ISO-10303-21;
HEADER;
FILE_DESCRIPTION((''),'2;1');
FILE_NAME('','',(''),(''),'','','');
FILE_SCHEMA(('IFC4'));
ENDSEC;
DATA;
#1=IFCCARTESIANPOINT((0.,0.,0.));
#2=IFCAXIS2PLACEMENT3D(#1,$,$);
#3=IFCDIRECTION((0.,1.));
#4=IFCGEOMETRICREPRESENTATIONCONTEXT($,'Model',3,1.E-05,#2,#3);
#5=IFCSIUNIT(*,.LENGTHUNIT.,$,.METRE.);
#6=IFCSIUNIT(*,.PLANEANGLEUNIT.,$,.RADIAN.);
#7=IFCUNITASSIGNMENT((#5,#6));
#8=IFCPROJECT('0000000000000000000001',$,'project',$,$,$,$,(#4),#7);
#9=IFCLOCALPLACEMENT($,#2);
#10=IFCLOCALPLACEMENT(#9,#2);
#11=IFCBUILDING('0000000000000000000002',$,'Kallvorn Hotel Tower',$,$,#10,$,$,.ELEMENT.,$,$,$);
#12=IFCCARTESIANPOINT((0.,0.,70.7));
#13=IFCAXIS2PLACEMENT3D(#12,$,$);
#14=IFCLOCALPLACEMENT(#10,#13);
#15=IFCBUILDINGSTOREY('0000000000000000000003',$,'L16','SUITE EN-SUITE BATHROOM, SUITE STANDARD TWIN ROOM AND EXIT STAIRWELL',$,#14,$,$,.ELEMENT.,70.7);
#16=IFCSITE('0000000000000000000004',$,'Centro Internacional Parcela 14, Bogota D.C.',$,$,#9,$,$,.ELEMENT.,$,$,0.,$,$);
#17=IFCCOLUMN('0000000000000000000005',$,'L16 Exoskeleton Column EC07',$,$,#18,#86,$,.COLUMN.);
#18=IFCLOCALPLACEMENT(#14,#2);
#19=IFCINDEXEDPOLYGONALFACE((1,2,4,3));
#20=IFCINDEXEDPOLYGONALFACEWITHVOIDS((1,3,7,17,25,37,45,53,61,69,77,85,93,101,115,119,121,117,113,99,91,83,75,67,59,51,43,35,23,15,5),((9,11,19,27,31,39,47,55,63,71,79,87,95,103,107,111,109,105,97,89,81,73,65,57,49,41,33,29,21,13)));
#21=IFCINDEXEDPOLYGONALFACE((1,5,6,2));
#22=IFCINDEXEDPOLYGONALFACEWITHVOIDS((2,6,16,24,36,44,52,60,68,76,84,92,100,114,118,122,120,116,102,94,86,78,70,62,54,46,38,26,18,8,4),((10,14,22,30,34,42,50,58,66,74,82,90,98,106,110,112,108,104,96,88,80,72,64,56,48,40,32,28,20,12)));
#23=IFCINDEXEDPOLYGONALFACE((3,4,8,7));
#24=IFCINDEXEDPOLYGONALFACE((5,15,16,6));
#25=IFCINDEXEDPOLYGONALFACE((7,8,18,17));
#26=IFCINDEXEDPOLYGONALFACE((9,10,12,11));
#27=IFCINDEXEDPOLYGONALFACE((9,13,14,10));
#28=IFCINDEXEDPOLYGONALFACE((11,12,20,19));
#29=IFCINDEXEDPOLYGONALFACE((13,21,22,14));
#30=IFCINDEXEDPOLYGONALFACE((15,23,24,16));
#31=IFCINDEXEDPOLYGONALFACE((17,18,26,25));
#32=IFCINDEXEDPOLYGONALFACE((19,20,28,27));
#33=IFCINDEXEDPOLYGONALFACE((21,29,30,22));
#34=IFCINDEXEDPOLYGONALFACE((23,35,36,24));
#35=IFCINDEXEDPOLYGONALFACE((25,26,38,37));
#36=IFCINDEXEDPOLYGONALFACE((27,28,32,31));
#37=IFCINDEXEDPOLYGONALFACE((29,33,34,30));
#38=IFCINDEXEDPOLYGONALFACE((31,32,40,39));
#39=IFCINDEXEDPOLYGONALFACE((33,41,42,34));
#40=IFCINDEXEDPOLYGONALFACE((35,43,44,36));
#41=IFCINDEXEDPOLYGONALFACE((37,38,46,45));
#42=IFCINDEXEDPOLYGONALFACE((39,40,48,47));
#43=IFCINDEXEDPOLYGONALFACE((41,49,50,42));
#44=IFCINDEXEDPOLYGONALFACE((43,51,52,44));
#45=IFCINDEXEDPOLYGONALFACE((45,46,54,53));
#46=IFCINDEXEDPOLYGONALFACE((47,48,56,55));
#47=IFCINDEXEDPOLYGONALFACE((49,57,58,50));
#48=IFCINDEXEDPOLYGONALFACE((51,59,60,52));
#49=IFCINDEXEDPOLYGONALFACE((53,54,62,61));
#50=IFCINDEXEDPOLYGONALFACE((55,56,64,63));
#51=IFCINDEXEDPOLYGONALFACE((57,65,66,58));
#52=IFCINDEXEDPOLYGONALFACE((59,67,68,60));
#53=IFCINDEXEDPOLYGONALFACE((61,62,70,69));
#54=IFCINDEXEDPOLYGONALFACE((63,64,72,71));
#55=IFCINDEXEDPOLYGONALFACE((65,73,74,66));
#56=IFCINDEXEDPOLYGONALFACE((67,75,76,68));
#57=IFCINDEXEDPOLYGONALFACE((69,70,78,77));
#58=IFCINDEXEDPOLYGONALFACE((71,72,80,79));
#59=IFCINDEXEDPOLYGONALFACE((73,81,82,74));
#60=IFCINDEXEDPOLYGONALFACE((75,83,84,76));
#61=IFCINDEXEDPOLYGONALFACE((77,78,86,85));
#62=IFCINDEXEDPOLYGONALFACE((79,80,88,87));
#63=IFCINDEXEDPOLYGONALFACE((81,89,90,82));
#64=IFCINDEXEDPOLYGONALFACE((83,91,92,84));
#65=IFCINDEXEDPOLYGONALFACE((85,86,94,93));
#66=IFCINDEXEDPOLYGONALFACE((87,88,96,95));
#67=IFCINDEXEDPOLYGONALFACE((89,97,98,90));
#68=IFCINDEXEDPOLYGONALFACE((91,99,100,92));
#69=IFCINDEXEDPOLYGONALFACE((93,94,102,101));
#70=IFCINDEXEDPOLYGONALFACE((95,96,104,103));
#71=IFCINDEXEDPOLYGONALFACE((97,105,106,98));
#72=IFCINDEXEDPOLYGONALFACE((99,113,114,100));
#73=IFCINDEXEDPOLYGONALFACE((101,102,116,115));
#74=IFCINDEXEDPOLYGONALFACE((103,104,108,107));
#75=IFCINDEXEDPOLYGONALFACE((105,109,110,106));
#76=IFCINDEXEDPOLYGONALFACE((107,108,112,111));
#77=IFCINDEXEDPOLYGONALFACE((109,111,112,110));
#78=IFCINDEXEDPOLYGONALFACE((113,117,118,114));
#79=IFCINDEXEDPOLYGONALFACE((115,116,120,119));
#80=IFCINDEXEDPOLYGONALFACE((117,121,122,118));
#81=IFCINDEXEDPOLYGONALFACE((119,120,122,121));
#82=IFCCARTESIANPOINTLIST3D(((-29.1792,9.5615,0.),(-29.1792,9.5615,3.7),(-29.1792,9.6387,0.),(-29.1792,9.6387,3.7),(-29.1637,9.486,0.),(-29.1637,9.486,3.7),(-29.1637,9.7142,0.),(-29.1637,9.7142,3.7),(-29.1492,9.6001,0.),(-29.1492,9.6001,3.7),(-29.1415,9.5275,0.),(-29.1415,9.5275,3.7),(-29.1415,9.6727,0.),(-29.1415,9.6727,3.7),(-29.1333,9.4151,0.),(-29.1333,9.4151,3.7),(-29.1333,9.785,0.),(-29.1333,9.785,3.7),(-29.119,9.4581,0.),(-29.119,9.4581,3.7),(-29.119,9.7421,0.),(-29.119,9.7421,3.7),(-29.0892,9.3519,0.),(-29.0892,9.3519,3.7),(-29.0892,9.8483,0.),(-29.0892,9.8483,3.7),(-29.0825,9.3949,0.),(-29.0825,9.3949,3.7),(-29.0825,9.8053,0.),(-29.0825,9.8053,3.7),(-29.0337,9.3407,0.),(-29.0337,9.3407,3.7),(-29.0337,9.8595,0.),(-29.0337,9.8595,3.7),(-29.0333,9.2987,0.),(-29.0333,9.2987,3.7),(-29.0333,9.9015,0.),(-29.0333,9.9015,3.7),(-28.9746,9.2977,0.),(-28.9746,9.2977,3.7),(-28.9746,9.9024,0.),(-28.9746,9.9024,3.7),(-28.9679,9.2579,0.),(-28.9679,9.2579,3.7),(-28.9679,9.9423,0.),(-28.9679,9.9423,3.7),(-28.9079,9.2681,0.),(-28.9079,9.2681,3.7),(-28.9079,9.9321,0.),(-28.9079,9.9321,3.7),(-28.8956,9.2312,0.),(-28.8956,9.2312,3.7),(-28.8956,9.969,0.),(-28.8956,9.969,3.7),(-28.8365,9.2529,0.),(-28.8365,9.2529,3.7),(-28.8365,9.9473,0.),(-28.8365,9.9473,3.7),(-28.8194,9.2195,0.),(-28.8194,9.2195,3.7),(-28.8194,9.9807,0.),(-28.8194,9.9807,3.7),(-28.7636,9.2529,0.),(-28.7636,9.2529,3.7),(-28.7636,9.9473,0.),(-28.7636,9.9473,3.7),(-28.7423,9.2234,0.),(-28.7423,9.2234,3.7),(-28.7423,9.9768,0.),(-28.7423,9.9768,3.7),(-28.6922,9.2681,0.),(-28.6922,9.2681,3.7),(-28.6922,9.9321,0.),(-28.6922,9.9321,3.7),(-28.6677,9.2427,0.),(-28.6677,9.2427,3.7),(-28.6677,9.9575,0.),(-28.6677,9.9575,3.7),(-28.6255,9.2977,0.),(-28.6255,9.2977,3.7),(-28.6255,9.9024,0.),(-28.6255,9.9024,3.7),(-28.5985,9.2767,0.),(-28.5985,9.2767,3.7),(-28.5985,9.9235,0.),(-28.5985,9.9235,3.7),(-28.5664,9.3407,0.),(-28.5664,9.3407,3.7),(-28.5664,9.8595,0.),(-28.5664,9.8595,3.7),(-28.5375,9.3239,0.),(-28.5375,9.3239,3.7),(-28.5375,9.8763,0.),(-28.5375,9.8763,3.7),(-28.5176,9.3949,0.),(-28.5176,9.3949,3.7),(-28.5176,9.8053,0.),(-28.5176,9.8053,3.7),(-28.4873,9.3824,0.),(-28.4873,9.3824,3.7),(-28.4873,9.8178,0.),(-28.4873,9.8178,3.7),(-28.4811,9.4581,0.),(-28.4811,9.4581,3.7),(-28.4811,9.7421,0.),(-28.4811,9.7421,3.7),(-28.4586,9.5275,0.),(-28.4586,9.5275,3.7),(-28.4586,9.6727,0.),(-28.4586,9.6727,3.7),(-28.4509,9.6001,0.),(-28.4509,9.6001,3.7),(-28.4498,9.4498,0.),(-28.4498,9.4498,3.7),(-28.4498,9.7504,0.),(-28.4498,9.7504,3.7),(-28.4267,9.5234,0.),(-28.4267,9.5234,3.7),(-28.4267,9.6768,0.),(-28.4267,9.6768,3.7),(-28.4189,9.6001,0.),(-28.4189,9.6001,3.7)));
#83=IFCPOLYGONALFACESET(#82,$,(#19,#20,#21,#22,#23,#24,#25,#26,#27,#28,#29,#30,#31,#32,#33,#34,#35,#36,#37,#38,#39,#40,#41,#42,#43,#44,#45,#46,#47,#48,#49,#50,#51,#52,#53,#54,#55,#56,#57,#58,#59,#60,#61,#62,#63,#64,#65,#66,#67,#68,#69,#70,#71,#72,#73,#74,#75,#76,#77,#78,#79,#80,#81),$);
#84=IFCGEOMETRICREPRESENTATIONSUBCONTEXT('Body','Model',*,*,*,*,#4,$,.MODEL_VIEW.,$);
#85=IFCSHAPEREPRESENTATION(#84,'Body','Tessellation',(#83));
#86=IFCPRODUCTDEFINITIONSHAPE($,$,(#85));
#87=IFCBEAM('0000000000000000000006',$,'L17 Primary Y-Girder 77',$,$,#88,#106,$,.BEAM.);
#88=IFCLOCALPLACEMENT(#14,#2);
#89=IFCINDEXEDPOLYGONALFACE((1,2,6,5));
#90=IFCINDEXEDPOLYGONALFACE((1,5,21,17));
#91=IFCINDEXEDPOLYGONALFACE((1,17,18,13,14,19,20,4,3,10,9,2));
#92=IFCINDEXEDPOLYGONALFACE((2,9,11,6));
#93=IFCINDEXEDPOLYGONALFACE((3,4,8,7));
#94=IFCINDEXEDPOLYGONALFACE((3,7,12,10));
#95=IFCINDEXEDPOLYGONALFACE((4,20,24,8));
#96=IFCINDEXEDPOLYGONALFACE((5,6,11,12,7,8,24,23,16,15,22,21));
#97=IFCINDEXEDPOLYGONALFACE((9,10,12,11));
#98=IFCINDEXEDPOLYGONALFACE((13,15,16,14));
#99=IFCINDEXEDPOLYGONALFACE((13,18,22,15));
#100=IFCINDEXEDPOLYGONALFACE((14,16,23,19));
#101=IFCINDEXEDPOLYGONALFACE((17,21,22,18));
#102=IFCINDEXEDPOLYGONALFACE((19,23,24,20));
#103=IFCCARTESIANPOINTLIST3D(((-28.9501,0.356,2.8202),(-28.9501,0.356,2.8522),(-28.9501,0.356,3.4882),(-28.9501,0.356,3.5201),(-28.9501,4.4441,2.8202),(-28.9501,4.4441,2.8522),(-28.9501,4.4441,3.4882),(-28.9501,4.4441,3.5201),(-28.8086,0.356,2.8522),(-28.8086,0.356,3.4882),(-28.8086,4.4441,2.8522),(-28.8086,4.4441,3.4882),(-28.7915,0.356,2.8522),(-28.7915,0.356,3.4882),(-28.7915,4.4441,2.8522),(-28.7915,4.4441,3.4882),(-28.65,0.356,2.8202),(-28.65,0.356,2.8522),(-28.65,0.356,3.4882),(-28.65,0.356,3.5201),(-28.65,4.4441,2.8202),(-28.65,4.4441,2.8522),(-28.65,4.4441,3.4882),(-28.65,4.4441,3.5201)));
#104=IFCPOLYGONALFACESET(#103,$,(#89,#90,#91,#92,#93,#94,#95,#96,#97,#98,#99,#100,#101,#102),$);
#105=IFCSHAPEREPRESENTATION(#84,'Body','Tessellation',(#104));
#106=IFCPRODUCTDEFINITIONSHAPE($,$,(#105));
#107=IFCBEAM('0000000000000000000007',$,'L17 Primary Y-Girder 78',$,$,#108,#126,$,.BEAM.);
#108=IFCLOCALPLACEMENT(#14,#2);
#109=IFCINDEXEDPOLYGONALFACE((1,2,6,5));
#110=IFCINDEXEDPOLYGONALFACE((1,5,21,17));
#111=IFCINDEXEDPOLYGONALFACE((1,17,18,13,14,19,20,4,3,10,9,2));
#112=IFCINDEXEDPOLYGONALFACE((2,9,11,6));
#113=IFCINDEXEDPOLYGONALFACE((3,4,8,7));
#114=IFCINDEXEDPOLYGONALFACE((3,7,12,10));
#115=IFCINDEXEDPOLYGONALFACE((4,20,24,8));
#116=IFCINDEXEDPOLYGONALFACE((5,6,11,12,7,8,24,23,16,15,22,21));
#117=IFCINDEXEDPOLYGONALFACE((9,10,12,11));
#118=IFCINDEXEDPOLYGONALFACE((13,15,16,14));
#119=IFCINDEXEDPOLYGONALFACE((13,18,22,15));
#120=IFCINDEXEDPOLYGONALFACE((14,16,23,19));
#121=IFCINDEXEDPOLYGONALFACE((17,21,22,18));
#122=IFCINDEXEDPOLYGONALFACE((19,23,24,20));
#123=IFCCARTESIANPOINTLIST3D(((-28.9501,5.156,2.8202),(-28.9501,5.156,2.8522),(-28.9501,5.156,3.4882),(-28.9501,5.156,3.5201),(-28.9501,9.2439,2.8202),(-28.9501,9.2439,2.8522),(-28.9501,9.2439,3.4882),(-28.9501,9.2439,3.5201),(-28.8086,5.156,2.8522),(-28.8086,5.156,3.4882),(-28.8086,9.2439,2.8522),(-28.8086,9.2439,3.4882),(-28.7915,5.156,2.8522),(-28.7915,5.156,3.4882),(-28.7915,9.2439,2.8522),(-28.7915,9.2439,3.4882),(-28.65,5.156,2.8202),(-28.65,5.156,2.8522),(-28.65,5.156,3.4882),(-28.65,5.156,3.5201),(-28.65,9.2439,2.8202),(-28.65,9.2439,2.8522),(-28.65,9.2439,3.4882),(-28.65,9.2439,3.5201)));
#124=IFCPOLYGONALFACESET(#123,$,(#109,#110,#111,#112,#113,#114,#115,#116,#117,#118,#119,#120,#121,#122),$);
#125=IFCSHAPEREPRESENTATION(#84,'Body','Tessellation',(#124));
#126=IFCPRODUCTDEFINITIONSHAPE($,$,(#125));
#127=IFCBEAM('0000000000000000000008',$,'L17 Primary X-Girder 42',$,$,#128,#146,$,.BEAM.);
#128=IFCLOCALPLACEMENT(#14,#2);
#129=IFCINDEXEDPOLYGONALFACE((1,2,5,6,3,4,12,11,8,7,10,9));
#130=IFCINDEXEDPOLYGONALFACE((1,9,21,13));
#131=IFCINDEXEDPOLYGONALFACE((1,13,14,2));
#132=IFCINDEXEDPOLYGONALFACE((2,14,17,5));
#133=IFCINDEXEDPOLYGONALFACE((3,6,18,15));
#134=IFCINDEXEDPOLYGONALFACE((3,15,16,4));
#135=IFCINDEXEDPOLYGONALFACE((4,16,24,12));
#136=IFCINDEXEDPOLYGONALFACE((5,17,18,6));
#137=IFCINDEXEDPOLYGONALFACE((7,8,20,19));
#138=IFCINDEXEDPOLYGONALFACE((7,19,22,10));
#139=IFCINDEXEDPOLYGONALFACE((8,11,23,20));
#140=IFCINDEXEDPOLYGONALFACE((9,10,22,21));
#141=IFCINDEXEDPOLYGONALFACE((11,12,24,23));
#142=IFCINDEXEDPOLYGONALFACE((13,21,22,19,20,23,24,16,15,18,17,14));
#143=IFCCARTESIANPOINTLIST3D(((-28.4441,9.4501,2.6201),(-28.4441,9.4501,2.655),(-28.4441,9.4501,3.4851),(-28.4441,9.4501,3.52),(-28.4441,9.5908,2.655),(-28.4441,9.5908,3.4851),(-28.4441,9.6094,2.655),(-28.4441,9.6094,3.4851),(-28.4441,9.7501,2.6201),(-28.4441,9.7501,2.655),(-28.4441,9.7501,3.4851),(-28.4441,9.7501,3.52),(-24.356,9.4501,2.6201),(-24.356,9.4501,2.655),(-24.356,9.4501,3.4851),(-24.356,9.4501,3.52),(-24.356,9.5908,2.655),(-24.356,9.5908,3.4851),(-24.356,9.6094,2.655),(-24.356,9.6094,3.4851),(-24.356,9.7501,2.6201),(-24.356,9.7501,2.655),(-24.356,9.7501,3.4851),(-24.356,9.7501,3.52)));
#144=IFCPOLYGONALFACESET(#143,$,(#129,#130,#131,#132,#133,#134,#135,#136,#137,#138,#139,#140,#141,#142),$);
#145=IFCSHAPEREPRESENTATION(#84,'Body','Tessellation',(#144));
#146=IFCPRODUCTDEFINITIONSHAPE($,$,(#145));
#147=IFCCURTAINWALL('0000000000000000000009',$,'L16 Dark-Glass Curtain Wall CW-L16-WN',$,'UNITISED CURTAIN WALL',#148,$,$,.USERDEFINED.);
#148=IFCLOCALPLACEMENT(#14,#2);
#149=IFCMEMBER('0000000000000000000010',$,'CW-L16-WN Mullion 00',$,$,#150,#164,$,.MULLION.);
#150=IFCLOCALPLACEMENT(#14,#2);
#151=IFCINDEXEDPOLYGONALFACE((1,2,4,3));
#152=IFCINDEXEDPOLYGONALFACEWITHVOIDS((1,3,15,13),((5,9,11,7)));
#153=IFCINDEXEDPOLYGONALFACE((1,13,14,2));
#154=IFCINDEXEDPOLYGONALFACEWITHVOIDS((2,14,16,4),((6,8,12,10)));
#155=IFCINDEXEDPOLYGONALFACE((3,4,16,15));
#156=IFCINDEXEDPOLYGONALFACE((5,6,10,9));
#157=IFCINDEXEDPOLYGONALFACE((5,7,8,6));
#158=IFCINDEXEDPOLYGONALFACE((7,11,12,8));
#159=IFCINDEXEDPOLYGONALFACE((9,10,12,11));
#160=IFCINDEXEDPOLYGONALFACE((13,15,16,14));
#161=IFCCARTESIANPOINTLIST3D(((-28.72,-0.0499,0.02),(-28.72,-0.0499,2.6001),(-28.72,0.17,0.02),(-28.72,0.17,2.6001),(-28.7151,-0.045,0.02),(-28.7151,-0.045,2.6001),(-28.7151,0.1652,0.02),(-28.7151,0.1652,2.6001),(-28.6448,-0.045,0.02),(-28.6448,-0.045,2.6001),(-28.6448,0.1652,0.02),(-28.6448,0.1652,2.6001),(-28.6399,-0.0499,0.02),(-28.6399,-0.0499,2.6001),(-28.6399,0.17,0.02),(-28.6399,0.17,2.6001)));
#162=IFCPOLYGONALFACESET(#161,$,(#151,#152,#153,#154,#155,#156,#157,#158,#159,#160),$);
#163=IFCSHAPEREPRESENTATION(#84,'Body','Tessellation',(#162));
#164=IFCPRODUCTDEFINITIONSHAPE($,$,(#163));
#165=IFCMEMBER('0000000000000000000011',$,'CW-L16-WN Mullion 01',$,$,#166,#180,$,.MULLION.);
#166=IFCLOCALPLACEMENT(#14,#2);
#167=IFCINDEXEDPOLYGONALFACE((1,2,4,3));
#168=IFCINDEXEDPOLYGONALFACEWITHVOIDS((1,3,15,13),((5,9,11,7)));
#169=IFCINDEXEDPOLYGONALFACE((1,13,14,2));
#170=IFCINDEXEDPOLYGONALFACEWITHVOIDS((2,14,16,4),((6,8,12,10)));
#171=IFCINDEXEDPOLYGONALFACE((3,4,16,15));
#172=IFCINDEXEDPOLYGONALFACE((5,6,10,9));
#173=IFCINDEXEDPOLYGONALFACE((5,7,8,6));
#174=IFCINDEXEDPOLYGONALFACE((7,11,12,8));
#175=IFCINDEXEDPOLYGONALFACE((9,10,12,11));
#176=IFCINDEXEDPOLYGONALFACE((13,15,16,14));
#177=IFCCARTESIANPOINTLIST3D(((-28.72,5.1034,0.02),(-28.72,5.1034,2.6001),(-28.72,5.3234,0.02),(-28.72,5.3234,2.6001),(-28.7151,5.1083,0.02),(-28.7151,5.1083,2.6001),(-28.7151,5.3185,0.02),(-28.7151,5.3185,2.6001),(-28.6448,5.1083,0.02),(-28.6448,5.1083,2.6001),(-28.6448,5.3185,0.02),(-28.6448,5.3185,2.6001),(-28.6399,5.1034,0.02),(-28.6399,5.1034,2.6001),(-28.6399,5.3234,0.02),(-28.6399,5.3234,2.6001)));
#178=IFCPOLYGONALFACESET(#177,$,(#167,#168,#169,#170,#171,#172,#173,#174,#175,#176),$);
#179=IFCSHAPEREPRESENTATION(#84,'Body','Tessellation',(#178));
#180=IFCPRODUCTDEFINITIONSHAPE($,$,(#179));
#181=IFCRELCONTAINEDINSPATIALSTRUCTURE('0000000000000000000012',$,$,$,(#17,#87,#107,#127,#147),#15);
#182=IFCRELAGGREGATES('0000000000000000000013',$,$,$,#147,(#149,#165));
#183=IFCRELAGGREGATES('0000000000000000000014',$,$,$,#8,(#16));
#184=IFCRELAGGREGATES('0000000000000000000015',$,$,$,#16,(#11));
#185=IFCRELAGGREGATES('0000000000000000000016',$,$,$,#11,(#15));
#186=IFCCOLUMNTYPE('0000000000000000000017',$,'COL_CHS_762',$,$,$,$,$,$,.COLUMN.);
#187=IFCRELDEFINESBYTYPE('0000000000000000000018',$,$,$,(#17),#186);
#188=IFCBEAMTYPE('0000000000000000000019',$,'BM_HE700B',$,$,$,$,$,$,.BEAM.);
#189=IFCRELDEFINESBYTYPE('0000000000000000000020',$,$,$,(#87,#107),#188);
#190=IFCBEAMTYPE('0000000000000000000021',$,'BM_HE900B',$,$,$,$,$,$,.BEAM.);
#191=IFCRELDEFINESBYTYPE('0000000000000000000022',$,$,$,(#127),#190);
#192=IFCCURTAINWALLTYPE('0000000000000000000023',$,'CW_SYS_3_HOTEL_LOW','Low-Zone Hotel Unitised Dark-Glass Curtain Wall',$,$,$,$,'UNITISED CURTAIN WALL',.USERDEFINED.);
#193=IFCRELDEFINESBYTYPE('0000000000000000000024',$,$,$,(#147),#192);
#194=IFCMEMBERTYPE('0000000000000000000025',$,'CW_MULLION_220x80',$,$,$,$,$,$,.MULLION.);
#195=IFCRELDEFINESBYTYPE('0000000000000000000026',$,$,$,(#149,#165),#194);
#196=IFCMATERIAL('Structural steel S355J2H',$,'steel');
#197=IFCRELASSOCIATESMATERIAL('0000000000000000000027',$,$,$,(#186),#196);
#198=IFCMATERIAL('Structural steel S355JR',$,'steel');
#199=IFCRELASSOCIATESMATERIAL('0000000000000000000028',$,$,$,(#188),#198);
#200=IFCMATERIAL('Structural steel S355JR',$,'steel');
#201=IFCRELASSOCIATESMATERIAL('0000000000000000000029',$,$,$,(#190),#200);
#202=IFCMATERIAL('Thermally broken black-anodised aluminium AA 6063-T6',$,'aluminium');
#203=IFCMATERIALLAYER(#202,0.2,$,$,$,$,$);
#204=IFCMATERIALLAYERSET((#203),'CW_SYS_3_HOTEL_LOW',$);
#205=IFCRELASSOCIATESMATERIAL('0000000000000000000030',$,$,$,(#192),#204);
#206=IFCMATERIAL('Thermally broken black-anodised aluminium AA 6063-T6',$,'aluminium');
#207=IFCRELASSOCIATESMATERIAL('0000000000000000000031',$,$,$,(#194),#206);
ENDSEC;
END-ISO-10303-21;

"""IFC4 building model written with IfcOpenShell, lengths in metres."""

from ifc_helpers import new_model, si_unit, direction, frame, origin, origin_2d, place, context, subcontext, project, spatial, hollow_rectangle, hollow_circle, i_section, extrude, material, layer, layer_set, material_profile, profile_set, type_object, element, aggregate, save


model = new_model("IFC4")

# Units and contexts
model_context = context("Model", 3, precision=1e-05, world=origin(), true_north=direction((0.0, 1.0)))
body_context = subcontext(model_context, "Body", "Model", "MODEL_VIEW")
ifc_project = project(units=[si_unit("LENGTHUNIT", "METRE"), si_unit("PLANEANGLEUNIT", "RADIAN")], contexts=[model_context])

# Site, building, storey
site_placement = place(None, origin())
site = spatial("IfcSite", under=ifc_project, at=site_placement, Name="Centro Internacional Parcela 14, Bogota D.C.", CompositionType="ELEMENT", RefElevation=0.0)
building_placement = place(site_placement, origin())
building = spatial("IfcBuilding", under=site, at=building_placement, Name="Kallvorn Hotel Tower", CompositionType="ELEMENT")
storey_placement = place(building_placement, frame((0.0, 0.0, 70.7)))
storey = spatial("IfcBuildingStorey", under=building, at=storey_placement, Name="L16", Description="SUITE EN-SUITE BATHROOM, SUITE STANDARD TWIN ROOM AND EXIT STAIRWELL", CompositionType="ELEMENT", Elevation=70.7)

# Column
ifc_material_1 = material(Name="Structural steel S355J2H", Category="steel")
ifc_material_profile_1 = material_profile(ifc_material_1, hollow_circle(Radius=0.3811, WallThickness=0.032, at=origin_2d()), Name="CHS 762x32")
ifc_profile_set_1 = profile_set([ifc_material_profile_1], Name="Structural steel S355J2H")
column_type = type_object("IfcColumnType", Name="COL_CHS_762", PredefinedType="COLUMN", material=ifc_profile_set_1)
for number, where, z_axis, x_axis, name in (
    (1, (-28.8, 9.6001, 0.0), (0.0, 0.0, 1.0), (1.0, 0.0, 0.0), "L16 Exoskeleton Column EC07"),
):
    element("IfcColumn", number, at=place(storey_placement, frame(where, z_axis=z_axis, x_axis=x_axis)), inside=storey, type_object=column_type, Name=name, PredefinedType="COLUMN", context=body_context, shape_type="SweptSolid", body=[
        extrude(hollow_circle(Radius=0.3811, WallThickness=0.032, at=origin_2d()), origin(), (0.0, 0.0, 1.0), 3.7),
    ])

# Beams
ifc_material_2 = material(Name="Structural steel S355JR", Category="steel")
ifc_material_profile_2 = material_profile(ifc_material_2, i_section(OverallWidth=0.3, OverallDepth=0.7, WebThickness=0.0171, FlangeThickness=0.032, at=origin_2d()), Name="HE 700 B")
ifc_profile_set_2 = profile_set([ifc_material_profile_2], Name="Structural steel S355JR")
beam_type_1 = type_object("IfcBeamType", Name="BM_HE700B", PredefinedType="BEAM", material=ifc_profile_set_2)
beam_1_placement = place(storey_placement, frame((-28.8, 0.356, 3.1702), z_axis=(0.0, 1.0, 0.0), x_axis=(-1.0, 0.0, 0.0)))
element("IfcBeam", 2, at=beam_1_placement, inside=storey, type_object=beam_type_1, Name="L17 Primary Y-Girder 77", PredefinedType="BEAM", context=body_context, shape_type="SweptSolid", body=[
    extrude(i_section(OverallWidth=0.3, OverallDepth=0.7, WebThickness=0.0171, FlangeThickness=0.032, at=origin_2d()), origin(), (0.0, 0.0, 1.0), 4.0881),
])
beam_2_placement = place(storey_placement, frame((-28.8, 5.156, 3.1702), z_axis=(0.0, 1.0, 0.0), x_axis=(-1.0, 0.0, 0.0)))
element("IfcBeam", 3, at=beam_2_placement, inside=storey, type_object=beam_type_1, Name="L17 Primary Y-Girder 78", PredefinedType="BEAM", context=body_context, shape_type="SweptSolid", body=[
    extrude(i_section(OverallWidth=0.3, OverallDepth=0.7, WebThickness=0.0171, FlangeThickness=0.032, at=origin_2d()), origin(), (0.0, 0.0, 1.0), 4.0879),
])
ifc_material_3 = material(Name="Structural steel S355JR", Category="steel")
ifc_material_profile_3 = material_profile(ifc_material_3, i_section(OverallWidth=0.3, OverallDepth=0.8999, WebThickness=0.0186, FlangeThickness=0.0349, at=origin_2d()), Name="HE 900 B")
ifc_profile_set_3 = profile_set([ifc_material_profile_3], Name="Structural steel S355JR")
beam_type_2 = type_object("IfcBeamType", Name="BM_HE900B", PredefinedType="BEAM", material=ifc_profile_set_3)
beam_3_placement = place(storey_placement, frame((-28.4441, 9.6001, 3.0701), z_axis=(1.0, 0.0, 0.0), x_axis=(0.0, 1.0, 0.0)))
element("IfcBeam", 4, at=beam_3_placement, inside=storey, type_object=beam_type_2, Name="L17 Primary X-Girder 42", PredefinedType="BEAM", context=body_context, shape_type="SweptSolid", body=[
    extrude(i_section(OverallWidth=0.3, OverallDepth=0.8999, WebThickness=0.0186, FlangeThickness=0.0349, at=origin_2d()), origin(), (0.0, 0.0, 1.0), 4.0881),
])

# Curtain wall, members
ifc_material_4 = material(Name="Thermally broken black-anodised aluminium AA 6063-T6", Category="aluminium")
ifc_layer_1 = layer(ifc_material_4, 0.2)
ifc_layer_set_1 = layer_set([ifc_layer_1], Name="CW_SYS_3_HOTEL_LOW")
curtain_wall_type = type_object("IfcCurtainWallType", Name="CW_SYS_3_HOTEL_LOW", Description="Low-Zone Hotel Unitised Dark-Glass Curtain Wall", ElementType="UNITISED CURTAIN WALL", PredefinedType="USERDEFINED", material=ifc_layer_set_1)
curtain_wall_placement = place(storey_placement, origin())
curtain_wall = element("IfcCurtainWall", 5, at=curtain_wall_placement, inside=storey, type_object=curtain_wall_type, Name="L16 Dark-Glass Curtain Wall CW-L16-WN", ObjectType="UNITISED CURTAIN WALL", PredefinedType="USERDEFINED")
ifc_material_5 = material(Name="Thermally broken black-anodised aluminium AA 6063-T6", Category="aluminium")
ifc_material_profile_4 = material_profile(ifc_material_5, hollow_rectangle(XDim=0.0801, YDim=0.22, WallThickness=0.0049, at=origin_2d()), Name="MUL 220x80")
ifc_profile_set_4 = profile_set([ifc_material_profile_4], Name="Thermally broken black-anodised aluminium AA 6063-T6")
member_type_1 = type_object("IfcMemberType", Name="CW_MULLION_220x80", PredefinedType="MULLION", material=ifc_profile_set_4)
member_1_placement = place(storey_placement, frame((-28.6799, 0.0601, 0.02), z_axis=(0.0, 0.0, 1.0), x_axis=(1.0, 0.0, 0.0)))
member_1 = element("IfcMember", 6, at=member_1_placement, type_object=member_type_1, Name="CW-L16-WN Mullion 00", PredefinedType="MULLION", context=body_context, shape_type="SweptSolid", body=[
    extrude(hollow_rectangle(XDim=0.0801, YDim=0.22, WallThickness=0.0049, at=origin_2d()), origin(), (0.0, 0.0, 1.0), 2.5801),
])
member_2_placement = place(storey_placement, frame((-28.6799, 5.2134, 0.02), z_axis=(0.0, 0.0, 1.0), x_axis=(1.0, 0.0, 0.0)))
member_2 = element("IfcMember", 7, at=member_2_placement, type_object=member_type_1, Name="CW-L16-WN Mullion 01", PredefinedType="MULLION", context=body_context, shape_type="SweptSolid", body=[
    extrude(hollow_rectangle(XDim=0.0801, YDim=0.22, WallThickness=0.0049, at=origin_2d()), origin(), (0.0, 0.0, 1.0), 2.5801),
])
aggregate(curtain_wall, [member_1, member_2])

save(model, "model.ifc")
